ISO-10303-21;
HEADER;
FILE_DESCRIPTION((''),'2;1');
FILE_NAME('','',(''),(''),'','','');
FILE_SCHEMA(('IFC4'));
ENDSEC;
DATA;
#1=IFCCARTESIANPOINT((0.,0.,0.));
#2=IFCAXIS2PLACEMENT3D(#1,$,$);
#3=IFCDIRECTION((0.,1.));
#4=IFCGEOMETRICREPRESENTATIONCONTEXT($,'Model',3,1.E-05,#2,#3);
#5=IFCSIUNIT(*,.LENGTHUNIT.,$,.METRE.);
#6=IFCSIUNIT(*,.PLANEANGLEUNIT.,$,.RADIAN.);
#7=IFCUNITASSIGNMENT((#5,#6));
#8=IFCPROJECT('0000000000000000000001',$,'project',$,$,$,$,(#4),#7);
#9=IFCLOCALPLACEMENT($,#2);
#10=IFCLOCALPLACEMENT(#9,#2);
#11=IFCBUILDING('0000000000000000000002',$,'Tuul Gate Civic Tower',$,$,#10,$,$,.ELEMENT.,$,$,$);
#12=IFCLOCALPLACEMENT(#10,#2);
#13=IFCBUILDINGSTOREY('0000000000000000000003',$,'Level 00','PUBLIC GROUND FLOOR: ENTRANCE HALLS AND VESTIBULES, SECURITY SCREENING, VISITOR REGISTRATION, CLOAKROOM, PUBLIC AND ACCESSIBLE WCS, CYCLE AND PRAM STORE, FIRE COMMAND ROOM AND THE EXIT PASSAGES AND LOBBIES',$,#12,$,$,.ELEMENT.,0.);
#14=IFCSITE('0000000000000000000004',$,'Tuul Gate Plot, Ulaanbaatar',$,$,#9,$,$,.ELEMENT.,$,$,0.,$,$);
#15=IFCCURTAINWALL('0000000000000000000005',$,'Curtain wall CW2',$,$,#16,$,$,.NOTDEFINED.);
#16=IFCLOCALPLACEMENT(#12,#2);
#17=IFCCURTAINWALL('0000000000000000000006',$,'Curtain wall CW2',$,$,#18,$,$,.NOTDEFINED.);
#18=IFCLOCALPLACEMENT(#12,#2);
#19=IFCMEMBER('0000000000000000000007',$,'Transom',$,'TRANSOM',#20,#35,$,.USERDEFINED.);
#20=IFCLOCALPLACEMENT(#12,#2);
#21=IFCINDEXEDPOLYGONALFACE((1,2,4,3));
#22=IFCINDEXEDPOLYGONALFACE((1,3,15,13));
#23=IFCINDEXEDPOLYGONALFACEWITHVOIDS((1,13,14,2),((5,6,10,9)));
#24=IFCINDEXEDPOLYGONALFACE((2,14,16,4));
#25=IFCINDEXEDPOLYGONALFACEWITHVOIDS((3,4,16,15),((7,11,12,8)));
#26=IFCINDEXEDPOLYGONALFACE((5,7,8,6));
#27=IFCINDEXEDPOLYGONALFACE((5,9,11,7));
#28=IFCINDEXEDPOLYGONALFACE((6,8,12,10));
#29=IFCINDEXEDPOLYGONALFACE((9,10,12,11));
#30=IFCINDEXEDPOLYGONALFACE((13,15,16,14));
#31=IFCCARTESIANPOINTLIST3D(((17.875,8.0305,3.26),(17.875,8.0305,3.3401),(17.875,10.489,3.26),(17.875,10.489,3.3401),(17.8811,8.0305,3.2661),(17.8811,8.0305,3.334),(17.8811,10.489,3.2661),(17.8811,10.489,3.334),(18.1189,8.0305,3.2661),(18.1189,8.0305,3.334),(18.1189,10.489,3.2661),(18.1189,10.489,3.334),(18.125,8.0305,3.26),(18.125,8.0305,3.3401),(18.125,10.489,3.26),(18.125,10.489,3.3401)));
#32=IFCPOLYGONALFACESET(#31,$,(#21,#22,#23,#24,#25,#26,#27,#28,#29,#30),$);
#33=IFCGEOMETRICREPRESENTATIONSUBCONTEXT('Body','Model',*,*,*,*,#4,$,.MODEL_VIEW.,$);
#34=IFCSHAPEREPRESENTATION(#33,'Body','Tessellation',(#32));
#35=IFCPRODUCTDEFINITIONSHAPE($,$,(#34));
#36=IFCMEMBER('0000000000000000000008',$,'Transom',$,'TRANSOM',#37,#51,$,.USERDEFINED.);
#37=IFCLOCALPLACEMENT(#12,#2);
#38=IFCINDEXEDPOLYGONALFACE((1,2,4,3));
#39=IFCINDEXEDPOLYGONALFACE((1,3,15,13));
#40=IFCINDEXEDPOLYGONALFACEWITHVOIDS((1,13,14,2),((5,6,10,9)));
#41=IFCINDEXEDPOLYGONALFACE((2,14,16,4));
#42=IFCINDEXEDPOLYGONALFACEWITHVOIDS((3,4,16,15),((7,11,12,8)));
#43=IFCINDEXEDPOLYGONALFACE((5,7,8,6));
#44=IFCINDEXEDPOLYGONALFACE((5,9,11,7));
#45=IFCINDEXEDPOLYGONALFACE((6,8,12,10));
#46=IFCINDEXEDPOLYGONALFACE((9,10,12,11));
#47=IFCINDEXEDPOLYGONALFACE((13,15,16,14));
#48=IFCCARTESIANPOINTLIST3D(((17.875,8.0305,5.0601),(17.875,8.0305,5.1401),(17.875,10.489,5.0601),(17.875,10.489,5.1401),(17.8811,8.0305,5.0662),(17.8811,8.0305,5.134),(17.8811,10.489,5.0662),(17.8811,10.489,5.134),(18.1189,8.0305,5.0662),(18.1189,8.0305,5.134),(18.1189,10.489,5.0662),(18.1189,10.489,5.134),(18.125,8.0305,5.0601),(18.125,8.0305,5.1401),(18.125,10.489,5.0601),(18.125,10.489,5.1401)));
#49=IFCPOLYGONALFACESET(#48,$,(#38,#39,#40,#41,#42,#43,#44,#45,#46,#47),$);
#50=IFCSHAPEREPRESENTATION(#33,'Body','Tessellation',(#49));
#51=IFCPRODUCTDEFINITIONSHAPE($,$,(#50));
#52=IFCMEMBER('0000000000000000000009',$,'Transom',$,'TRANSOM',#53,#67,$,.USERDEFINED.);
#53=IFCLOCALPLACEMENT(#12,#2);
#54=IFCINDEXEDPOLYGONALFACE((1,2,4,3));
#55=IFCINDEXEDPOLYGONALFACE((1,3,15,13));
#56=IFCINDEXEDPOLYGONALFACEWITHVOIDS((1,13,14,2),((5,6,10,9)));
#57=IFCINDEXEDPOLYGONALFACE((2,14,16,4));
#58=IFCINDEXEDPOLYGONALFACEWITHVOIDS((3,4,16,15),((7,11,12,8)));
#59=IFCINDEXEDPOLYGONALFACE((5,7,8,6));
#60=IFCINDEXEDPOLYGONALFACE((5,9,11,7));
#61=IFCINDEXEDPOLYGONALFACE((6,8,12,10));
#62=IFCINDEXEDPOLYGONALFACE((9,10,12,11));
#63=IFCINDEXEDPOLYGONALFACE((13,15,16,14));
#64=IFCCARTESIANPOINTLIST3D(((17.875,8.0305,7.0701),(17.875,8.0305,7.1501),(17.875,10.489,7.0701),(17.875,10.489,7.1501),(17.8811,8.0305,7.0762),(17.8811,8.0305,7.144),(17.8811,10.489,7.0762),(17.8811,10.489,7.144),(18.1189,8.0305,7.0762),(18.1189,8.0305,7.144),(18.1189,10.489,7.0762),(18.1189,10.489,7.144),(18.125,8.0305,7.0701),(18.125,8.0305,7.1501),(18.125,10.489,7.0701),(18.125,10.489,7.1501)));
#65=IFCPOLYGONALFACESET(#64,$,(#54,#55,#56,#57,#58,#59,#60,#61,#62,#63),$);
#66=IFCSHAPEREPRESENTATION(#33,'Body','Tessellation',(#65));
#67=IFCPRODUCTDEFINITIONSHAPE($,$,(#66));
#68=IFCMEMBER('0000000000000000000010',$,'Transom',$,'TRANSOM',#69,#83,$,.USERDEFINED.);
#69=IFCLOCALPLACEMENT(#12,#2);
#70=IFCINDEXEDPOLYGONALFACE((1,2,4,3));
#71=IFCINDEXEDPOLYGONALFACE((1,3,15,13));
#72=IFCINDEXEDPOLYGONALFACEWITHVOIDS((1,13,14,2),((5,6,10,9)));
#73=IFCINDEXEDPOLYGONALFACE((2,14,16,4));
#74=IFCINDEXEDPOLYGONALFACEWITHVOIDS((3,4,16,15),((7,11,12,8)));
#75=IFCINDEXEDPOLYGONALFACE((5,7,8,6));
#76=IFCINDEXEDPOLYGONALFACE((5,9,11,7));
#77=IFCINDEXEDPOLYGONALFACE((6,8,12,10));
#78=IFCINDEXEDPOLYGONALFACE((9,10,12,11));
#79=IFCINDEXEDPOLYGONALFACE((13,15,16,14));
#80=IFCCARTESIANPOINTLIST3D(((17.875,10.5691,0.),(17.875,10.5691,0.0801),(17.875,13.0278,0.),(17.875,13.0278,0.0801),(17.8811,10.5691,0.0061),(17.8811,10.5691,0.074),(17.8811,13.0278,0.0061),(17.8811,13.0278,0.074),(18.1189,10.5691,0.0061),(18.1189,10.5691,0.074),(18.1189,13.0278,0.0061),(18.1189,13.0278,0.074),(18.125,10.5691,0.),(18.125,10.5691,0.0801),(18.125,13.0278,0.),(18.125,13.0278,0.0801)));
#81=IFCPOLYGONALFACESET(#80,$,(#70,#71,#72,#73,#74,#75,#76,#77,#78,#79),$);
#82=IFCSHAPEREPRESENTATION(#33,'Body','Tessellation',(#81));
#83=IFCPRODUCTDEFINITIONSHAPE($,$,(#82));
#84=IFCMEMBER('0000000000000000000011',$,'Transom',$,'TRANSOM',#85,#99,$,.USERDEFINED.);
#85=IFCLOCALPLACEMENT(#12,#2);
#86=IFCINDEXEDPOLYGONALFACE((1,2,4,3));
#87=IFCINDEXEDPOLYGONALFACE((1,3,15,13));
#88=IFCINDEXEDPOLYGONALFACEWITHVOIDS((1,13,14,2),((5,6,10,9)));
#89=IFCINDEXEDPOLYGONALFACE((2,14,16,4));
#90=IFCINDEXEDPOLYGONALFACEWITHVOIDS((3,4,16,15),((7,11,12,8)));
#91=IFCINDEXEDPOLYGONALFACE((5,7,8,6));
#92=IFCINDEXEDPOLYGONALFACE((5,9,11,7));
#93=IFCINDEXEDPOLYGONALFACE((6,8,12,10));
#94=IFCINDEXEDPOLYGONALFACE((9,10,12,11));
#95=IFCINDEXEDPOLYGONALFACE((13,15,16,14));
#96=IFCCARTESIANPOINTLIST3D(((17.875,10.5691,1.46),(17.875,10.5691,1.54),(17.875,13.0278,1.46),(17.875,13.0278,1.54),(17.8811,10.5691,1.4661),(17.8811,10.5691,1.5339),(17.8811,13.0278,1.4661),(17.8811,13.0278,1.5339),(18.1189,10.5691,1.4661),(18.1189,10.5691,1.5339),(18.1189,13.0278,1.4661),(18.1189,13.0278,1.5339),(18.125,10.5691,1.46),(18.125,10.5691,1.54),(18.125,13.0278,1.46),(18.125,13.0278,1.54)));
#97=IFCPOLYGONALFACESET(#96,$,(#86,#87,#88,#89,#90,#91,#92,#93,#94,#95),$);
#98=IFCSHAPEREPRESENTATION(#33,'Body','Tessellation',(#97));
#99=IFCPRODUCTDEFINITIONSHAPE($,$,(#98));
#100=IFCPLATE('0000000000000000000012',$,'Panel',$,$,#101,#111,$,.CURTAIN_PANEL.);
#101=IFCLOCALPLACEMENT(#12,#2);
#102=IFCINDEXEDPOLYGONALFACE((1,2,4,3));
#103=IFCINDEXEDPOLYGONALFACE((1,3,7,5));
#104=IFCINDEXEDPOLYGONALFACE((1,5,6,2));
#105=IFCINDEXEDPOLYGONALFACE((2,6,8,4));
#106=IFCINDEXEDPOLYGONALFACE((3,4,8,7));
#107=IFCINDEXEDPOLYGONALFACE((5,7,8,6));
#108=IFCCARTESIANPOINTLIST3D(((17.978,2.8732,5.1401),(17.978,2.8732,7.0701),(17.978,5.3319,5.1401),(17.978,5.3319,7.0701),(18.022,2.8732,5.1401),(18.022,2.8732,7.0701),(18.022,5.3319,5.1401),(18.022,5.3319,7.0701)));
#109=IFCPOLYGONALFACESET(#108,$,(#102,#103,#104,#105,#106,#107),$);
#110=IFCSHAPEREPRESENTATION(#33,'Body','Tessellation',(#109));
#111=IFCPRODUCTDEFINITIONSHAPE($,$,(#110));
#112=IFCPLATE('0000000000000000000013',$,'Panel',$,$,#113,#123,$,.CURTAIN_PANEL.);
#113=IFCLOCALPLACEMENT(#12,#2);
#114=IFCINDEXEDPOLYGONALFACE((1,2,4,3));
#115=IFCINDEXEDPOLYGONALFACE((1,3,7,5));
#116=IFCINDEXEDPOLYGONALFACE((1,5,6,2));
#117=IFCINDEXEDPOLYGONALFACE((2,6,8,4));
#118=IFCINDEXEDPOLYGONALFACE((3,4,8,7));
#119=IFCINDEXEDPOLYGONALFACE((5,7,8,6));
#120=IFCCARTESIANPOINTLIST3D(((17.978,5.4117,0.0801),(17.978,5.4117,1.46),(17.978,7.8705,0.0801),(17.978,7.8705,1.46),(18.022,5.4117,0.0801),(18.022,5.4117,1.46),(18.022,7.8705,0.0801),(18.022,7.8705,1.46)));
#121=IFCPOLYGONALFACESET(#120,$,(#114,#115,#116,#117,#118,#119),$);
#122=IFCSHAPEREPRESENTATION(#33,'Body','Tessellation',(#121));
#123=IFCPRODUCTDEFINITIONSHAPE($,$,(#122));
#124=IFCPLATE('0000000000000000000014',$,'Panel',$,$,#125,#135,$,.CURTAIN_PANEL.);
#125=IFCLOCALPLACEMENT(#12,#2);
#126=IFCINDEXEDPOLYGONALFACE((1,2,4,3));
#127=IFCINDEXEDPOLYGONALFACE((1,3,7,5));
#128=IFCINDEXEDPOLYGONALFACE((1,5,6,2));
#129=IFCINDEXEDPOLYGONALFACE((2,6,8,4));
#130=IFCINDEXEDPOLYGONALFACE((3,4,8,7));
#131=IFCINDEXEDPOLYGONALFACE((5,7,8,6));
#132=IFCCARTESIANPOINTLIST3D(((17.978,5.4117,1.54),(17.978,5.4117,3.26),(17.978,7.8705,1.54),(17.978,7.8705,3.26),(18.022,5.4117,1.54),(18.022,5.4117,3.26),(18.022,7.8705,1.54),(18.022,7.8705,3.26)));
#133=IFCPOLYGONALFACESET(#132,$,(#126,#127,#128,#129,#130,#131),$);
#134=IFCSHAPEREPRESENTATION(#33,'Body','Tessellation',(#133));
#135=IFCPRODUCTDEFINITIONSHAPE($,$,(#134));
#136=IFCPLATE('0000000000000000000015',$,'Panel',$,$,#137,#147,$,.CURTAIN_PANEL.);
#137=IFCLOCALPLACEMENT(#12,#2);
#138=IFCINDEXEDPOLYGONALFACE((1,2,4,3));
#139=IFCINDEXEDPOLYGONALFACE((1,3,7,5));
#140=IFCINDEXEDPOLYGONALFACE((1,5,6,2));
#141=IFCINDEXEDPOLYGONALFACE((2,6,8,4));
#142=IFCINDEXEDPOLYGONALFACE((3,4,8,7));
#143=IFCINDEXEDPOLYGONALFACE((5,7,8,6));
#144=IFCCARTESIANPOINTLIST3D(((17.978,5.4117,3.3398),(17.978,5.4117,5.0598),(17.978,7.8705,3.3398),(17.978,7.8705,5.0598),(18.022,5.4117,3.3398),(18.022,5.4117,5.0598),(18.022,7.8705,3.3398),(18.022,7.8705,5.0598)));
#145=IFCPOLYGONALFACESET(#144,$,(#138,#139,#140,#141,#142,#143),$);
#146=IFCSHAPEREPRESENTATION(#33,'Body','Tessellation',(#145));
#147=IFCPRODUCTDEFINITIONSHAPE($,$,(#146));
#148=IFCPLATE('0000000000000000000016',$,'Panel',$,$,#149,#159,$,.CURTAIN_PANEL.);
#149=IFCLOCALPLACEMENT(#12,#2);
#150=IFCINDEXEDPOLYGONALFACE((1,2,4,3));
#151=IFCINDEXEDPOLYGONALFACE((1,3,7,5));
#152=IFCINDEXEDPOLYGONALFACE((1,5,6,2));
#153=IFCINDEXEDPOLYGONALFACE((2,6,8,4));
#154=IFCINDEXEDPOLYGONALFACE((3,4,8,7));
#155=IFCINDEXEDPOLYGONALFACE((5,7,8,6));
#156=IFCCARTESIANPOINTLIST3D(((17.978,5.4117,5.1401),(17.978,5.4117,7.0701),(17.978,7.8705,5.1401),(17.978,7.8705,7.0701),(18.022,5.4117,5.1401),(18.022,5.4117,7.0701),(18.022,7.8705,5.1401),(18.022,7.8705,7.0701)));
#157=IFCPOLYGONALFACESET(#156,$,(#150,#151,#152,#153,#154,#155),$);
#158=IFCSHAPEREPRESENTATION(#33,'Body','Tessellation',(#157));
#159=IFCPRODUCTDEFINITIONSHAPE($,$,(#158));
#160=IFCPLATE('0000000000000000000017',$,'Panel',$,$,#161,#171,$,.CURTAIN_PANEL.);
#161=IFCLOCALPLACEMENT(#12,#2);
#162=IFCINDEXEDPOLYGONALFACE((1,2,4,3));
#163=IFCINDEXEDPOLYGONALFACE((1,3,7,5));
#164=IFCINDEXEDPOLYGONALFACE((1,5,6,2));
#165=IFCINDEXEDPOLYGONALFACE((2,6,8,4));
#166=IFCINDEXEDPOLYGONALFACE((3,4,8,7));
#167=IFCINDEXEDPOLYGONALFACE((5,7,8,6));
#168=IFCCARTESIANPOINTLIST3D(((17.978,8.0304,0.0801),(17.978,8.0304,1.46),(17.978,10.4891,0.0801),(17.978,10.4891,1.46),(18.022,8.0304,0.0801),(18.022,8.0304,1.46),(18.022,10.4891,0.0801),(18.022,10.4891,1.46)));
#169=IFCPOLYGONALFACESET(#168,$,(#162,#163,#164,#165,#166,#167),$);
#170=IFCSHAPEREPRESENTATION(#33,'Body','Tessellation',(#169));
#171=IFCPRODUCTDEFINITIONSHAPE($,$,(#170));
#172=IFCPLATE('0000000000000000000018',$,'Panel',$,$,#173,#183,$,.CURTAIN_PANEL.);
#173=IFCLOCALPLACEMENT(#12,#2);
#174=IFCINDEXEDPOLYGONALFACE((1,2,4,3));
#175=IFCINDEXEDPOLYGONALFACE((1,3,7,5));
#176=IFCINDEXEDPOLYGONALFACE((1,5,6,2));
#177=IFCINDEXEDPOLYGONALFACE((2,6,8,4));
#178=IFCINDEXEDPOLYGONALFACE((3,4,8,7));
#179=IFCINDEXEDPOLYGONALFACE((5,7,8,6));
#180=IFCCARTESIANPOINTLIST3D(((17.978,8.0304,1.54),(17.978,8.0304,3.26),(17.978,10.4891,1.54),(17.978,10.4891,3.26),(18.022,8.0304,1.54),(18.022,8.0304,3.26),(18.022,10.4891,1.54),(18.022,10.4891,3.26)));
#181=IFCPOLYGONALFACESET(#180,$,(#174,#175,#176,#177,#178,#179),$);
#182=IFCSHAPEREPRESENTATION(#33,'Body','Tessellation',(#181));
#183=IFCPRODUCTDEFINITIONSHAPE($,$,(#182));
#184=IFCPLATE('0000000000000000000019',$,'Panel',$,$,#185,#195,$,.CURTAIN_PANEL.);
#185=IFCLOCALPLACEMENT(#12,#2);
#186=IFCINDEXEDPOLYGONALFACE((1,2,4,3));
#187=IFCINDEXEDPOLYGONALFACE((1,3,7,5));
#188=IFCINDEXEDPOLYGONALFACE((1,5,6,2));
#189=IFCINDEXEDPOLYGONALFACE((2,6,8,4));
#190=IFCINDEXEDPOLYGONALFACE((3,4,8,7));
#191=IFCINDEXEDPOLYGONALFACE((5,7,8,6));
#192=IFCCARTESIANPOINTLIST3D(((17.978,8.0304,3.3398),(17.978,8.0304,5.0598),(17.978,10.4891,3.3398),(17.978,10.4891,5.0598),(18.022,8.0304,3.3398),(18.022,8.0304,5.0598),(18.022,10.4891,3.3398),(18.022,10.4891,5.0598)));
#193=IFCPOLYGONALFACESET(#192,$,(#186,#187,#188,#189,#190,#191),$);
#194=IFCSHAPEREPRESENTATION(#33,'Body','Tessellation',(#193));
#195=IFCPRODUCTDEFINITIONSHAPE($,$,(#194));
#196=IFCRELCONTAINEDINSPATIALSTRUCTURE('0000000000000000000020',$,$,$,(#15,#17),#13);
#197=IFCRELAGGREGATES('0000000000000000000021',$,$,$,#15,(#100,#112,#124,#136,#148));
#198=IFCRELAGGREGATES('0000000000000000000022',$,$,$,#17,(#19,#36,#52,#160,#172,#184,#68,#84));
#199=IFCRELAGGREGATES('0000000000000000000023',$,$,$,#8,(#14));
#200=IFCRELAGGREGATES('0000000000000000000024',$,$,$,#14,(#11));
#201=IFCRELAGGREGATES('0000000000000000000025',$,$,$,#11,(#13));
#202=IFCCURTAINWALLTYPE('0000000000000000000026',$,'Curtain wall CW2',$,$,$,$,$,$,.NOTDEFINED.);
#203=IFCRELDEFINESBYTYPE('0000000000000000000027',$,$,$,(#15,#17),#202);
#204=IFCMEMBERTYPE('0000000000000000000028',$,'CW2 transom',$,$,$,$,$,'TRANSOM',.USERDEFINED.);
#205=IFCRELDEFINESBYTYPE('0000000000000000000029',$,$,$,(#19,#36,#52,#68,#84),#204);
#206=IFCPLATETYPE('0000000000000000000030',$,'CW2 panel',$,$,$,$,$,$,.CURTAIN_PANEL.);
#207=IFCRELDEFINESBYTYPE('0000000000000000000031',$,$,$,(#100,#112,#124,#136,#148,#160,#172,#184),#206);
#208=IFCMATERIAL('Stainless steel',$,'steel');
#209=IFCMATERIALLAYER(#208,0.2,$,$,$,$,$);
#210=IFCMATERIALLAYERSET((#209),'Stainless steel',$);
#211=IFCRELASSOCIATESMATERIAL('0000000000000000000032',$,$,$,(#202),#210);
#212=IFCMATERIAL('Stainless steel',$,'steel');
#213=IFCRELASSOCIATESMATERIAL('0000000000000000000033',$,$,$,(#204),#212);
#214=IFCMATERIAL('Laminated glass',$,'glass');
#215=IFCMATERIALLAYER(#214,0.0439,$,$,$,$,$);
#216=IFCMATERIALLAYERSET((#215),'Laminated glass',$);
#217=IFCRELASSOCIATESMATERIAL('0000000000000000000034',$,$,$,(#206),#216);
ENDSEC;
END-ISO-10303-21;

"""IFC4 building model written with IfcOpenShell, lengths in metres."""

from ifc_helpers import new_model, si_unit, direction, frame, origin, origin_2d, place, context, subcontext, project, spatial, rectangle, hollow_rectangle, extrude, material, layer, layer_set, material_profile, profile_set, type_object, element, aggregate, save


model = new_model("IFC4")

# Units and contexts
model_context = context("Model", 3, precision=1e-05, world=origin(), true_north=direction((0.0, 1.0)))
body_context = subcontext(model_context, "Body", "Model", "MODEL_VIEW")
ifc_project = project(units=[si_unit("LENGTHUNIT", "METRE"), si_unit("PLANEANGLEUNIT", "RADIAN")], contexts=[model_context])

# Site, building, storey
site_placement = place(None, origin())
site = spatial("IfcSite", under=ifc_project, at=site_placement, Name="Tuul Gate Plot, Ulaanbaatar", CompositionType="ELEMENT", RefElevation=0.0)
building_placement = place(site_placement, origin())
building = spatial("IfcBuilding", under=site, at=building_placement, Name="Tuul Gate Civic Tower", CompositionType="ELEMENT")
storey_placement = place(building_placement, origin())
storey = spatial("IfcBuildingStorey", under=building, at=storey_placement, Name="Level 00", Description="PUBLIC GROUND FLOOR: ENTRANCE HALLS AND VESTIBULES, SECURITY SCREENING, VISITOR REGISTRATION, CLOAKROOM, PUBLIC AND ACCESSIBLE WCS, CYCLE AND PRAM STORE, FIRE COMMAND ROOM AND THE EXIT PASSAGES AND LOBBIES", CompositionType="ELEMENT", Elevation=0.0)

# Curtain walls
ifc_material_1 = material(Name="Stainless steel", Category="steel")
ifc_layer_1 = layer(ifc_material_1, 0.2)
ifc_layer_set_1 = layer_set([ifc_layer_1], Name="Stainless steel")
curtain_wall_type = type_object("IfcCurtainWallType", Name="Curtain wall CW2", PredefinedType="NOTDEFINED", material=ifc_layer_set_1)
curtain_wall_1_placement = place(storey_placement, origin())
curtain_wall_1 = element("IfcCurtainWall", 1, at=curtain_wall_1_placement, inside=storey, type_object=curtain_wall_type, Name="Curtain wall CW2", PredefinedType="NOTDEFINED")
curtain_wall_2_placement = place(storey_placement, origin())
curtain_wall_2 = element("IfcCurtainWall", 2, at=curtain_wall_2_placement, inside=storey, type_object=curtain_wall_type, Name="Curtain wall CW2", PredefinedType="NOTDEFINED")

# Members
ifc_material_2 = material(Name="Stainless steel", Category="steel")
ifc_material_profile_1 = material_profile(ifc_material_2, hollow_rectangle(XDim=0.25, YDim=0.0801, WallThickness=0.0061, at=origin_2d()), Name="CW2 transom")
ifc_profile_set_1 = profile_set([ifc_material_profile_1], Name="Stainless steel")
member_type_1 = type_object("IfcMemberType", Name="CW2 transom", ElementType="TRANSOM", PredefinedType="USERDEFINED", material=ifc_profile_set_1)
member_1_placement = place(storey_placement, frame((18.0, 8.0305, 3.3), z_axis=(0.0, 1.0, 0.0), x_axis=(-1.0, 0.0, 0.0)))
member_1 = element("IfcMember", 3, at=member_1_placement, type_object=member_type_1, Name="Transom", ObjectType="TRANSOM", PredefinedType="USERDEFINED", context=body_context, shape_type="SweptSolid", body=[
    extrude(hollow_rectangle(XDim=0.25, YDim=0.0801, WallThickness=0.0061, at=origin_2d()), origin(), (0.0, 0.0, 1.0), 2.4585),
])
member_2_placement = place(storey_placement, frame((18.0, 8.0305, 5.1001), z_axis=(0.0, 1.0, 0.0), x_axis=(-1.0, 0.0, 0.0)))
member_2 = element("IfcMember", 4, at=member_2_placement, type_object=member_type_1, Name="Transom", ObjectType="TRANSOM", PredefinedType="USERDEFINED", context=body_context, shape_type="SweptSolid", body=[
    extrude(hollow_rectangle(XDim=0.25, YDim=0.0801, WallThickness=0.0061, at=origin_2d()), origin(), (0.0, 0.0, 1.0), 2.4585),
])
member_3_placement = place(storey_placement, frame((18.0, 8.0305, 7.1101), z_axis=(0.0, 1.0, 0.0), x_axis=(-1.0, 0.0, 0.0)))
member_3 = element("IfcMember", 5, at=member_3_placement, type_object=member_type_1, Name="Transom", ObjectType="TRANSOM", PredefinedType="USERDEFINED", context=body_context, shape_type="SweptSolid", body=[
    extrude(hollow_rectangle(XDim=0.25, YDim=0.0801, WallThickness=0.0061, at=origin_2d()), origin(), (0.0, 0.0, 1.0), 2.4585),
])
member_4_placement = place(storey_placement, frame((18.0, 10.5691, 0.04), z_axis=(0.0, 1.0, 0.0), x_axis=(-1.0, 0.0, 0.0)))
member_4 = element("IfcMember", 6, at=member_4_placement, type_object=member_type_1, Name="Transom", ObjectType="TRANSOM", PredefinedType="USERDEFINED", context=body_context, shape_type="SweptSolid", body=[
    extrude(hollow_rectangle(XDim=0.25, YDim=0.0801, WallThickness=0.0061, at=origin_2d()), origin(), (0.0, 0.0, 1.0), 2.4587),
])
member_5_placement = place(storey_placement, frame((18.0, 10.5691, 1.5), z_axis=(0.0, 1.0, 0.0), x_axis=(-1.0, 0.0, 0.0)))
member_5 = element("IfcMember", 7, at=member_5_placement, type_object=member_type_1, Name="Transom", ObjectType="TRANSOM", PredefinedType="USERDEFINED", context=body_context, shape_type="SweptSolid", body=[
    extrude(hollow_rectangle(XDim=0.25, YDim=0.0801, WallThickness=0.0061, at=origin_2d()), origin(), (0.0, 0.0, 1.0), 2.4587),
])

# Plates
ifc_material_3 = material(Name="Laminated glass", Category="glass")
ifc_layer_2 = layer(ifc_material_3, 0.0439)
ifc_layer_set_2 = layer_set([ifc_layer_2], Name="Laminated glass")
plate_type = type_object("IfcPlateType", Name="CW2 panel", PredefinedType="CURTAIN_PANEL", material=ifc_layer_set_2)
plate_1_placement = place(storey_placement, frame((18.0, 4.1025, 5.1401), z_axis=(0.0, 0.0, 1.0), x_axis=(0.0, 1.0, 0.0)))
plate_1 = element("IfcPlate", 8, at=plate_1_placement, type_object=plate_type, Name="Panel", PredefinedType="CURTAIN_PANEL", context=body_context, shape_type="SweptSolid", body=[
    extrude(rectangle(XDim=2.4587, YDim=0.0439, at=origin_2d()), origin(), (0.0, 0.0, 1.0), 1.9299),
])
plate_2_placement = place(storey_placement, frame((18.0, 6.6411, 0.0801), z_axis=(0.0, 0.0, 1.0), x_axis=(0.0, 1.0, 0.0)))
plate_2 = element("IfcPlate", 9, at=plate_2_placement, type_object=plate_type, Name="Panel", PredefinedType="CURTAIN_PANEL", context=body_context, shape_type="SweptSolid", body=[
    extrude(rectangle(XDim=2.4587, YDim=0.0439, at=origin_2d()), origin(), (0.0, 0.0, 1.0), 1.3799),
])
plate_3_placement = place(storey_placement, frame((18.0, 6.6411, 1.54), z_axis=(0.0, 0.0, 1.0), x_axis=(0.0, 1.0, 0.0)))
plate_3 = element("IfcPlate", 10, at=plate_3_placement, type_object=plate_type, Name="Panel", PredefinedType="CURTAIN_PANEL", context=body_context, shape_type="SweptSolid", body=[
    extrude(rectangle(XDim=2.4587, YDim=0.0439, at=origin_2d()), origin(), (0.0, 0.0, 1.0), 1.72),
])
plate_4_placement = place(storey_placement, frame((18.0, 6.6411, 3.3398), z_axis=(0.0, 0.0, 1.0), x_axis=(0.0, 1.0, 0.0)))
plate_4 = element("IfcPlate", 11, at=plate_4_placement, type_object=plate_type, Name="Panel", PredefinedType="CURTAIN_PANEL", context=body_context, shape_type="SweptSolid", body=[
    extrude(rectangle(XDim=2.4587, YDim=0.0439, at=origin_2d()), origin(), (0.0, 0.0, 1.0), 1.72),
])
plate_5_placement = place(storey_placement, frame((18.0, 6.6411, 5.1401), z_axis=(0.0, 0.0, 1.0), x_axis=(0.0, 1.0, 0.0)))
plate_5 = element("IfcPlate", 12, at=plate_5_placement, type_object=plate_type, Name="Panel", PredefinedType="CURTAIN_PANEL", context=body_context, shape_type="SweptSolid", body=[
    extrude(rectangle(XDim=2.4587, YDim=0.0439, at=origin_2d()), origin(), (0.0, 0.0, 1.0), 1.9299),
])
aggregate(curtain_wall_1, [plate_1, plate_2, plate_3, plate_4, plate_5])
plate_6_placement = place(storey_placement, frame((18.0, 9.2598, 0.0801), z_axis=(0.0, 0.0, 1.0), x_axis=(0.0, 1.0, 0.0)))
plate_6 = element("IfcPlate", 13, at=plate_6_placement, type_object=plate_type, Name="Panel", PredefinedType="CURTAIN_PANEL", context=body_context, shape_type="SweptSolid", body=[
    extrude(rectangle(XDim=2.4587, YDim=0.0439, at=origin_2d()), origin(), (0.0, 0.0, 1.0), 1.3799),
])
plate_7_placement = place(storey_placement, frame((18.0, 9.2598, 1.54), z_axis=(0.0, 0.0, 1.0), x_axis=(0.0, 1.0, 0.0)))
plate_7 = element("IfcPlate", 14, at=plate_7_placement, type_object=plate_type, Name="Panel", PredefinedType="CURTAIN_PANEL", context=body_context, shape_type="SweptSolid", body=[
    extrude(rectangle(XDim=2.4587, YDim=0.0439, at=origin_2d()), origin(), (0.0, 0.0, 1.0), 1.72),
])
plate_8_placement = place(storey_placement, frame((18.0, 9.2598, 3.3398), z_axis=(0.0, 0.0, 1.0), x_axis=(0.0, 1.0, 0.0)))
plate_8 = element("IfcPlate", 15, at=plate_8_placement, type_object=plate_type, Name="Panel", PredefinedType="CURTAIN_PANEL", context=body_context, shape_type="SweptSolid", body=[
    extrude(rectangle(XDim=2.4587, YDim=0.0439, at=origin_2d()), origin(), (0.0, 0.0, 1.0), 1.72),
])
aggregate(curtain_wall_2, [member_1, member_2, member_3, plate_6, plate_7, plate_8, member_4, member_5])

save(model, "model.ifc")
